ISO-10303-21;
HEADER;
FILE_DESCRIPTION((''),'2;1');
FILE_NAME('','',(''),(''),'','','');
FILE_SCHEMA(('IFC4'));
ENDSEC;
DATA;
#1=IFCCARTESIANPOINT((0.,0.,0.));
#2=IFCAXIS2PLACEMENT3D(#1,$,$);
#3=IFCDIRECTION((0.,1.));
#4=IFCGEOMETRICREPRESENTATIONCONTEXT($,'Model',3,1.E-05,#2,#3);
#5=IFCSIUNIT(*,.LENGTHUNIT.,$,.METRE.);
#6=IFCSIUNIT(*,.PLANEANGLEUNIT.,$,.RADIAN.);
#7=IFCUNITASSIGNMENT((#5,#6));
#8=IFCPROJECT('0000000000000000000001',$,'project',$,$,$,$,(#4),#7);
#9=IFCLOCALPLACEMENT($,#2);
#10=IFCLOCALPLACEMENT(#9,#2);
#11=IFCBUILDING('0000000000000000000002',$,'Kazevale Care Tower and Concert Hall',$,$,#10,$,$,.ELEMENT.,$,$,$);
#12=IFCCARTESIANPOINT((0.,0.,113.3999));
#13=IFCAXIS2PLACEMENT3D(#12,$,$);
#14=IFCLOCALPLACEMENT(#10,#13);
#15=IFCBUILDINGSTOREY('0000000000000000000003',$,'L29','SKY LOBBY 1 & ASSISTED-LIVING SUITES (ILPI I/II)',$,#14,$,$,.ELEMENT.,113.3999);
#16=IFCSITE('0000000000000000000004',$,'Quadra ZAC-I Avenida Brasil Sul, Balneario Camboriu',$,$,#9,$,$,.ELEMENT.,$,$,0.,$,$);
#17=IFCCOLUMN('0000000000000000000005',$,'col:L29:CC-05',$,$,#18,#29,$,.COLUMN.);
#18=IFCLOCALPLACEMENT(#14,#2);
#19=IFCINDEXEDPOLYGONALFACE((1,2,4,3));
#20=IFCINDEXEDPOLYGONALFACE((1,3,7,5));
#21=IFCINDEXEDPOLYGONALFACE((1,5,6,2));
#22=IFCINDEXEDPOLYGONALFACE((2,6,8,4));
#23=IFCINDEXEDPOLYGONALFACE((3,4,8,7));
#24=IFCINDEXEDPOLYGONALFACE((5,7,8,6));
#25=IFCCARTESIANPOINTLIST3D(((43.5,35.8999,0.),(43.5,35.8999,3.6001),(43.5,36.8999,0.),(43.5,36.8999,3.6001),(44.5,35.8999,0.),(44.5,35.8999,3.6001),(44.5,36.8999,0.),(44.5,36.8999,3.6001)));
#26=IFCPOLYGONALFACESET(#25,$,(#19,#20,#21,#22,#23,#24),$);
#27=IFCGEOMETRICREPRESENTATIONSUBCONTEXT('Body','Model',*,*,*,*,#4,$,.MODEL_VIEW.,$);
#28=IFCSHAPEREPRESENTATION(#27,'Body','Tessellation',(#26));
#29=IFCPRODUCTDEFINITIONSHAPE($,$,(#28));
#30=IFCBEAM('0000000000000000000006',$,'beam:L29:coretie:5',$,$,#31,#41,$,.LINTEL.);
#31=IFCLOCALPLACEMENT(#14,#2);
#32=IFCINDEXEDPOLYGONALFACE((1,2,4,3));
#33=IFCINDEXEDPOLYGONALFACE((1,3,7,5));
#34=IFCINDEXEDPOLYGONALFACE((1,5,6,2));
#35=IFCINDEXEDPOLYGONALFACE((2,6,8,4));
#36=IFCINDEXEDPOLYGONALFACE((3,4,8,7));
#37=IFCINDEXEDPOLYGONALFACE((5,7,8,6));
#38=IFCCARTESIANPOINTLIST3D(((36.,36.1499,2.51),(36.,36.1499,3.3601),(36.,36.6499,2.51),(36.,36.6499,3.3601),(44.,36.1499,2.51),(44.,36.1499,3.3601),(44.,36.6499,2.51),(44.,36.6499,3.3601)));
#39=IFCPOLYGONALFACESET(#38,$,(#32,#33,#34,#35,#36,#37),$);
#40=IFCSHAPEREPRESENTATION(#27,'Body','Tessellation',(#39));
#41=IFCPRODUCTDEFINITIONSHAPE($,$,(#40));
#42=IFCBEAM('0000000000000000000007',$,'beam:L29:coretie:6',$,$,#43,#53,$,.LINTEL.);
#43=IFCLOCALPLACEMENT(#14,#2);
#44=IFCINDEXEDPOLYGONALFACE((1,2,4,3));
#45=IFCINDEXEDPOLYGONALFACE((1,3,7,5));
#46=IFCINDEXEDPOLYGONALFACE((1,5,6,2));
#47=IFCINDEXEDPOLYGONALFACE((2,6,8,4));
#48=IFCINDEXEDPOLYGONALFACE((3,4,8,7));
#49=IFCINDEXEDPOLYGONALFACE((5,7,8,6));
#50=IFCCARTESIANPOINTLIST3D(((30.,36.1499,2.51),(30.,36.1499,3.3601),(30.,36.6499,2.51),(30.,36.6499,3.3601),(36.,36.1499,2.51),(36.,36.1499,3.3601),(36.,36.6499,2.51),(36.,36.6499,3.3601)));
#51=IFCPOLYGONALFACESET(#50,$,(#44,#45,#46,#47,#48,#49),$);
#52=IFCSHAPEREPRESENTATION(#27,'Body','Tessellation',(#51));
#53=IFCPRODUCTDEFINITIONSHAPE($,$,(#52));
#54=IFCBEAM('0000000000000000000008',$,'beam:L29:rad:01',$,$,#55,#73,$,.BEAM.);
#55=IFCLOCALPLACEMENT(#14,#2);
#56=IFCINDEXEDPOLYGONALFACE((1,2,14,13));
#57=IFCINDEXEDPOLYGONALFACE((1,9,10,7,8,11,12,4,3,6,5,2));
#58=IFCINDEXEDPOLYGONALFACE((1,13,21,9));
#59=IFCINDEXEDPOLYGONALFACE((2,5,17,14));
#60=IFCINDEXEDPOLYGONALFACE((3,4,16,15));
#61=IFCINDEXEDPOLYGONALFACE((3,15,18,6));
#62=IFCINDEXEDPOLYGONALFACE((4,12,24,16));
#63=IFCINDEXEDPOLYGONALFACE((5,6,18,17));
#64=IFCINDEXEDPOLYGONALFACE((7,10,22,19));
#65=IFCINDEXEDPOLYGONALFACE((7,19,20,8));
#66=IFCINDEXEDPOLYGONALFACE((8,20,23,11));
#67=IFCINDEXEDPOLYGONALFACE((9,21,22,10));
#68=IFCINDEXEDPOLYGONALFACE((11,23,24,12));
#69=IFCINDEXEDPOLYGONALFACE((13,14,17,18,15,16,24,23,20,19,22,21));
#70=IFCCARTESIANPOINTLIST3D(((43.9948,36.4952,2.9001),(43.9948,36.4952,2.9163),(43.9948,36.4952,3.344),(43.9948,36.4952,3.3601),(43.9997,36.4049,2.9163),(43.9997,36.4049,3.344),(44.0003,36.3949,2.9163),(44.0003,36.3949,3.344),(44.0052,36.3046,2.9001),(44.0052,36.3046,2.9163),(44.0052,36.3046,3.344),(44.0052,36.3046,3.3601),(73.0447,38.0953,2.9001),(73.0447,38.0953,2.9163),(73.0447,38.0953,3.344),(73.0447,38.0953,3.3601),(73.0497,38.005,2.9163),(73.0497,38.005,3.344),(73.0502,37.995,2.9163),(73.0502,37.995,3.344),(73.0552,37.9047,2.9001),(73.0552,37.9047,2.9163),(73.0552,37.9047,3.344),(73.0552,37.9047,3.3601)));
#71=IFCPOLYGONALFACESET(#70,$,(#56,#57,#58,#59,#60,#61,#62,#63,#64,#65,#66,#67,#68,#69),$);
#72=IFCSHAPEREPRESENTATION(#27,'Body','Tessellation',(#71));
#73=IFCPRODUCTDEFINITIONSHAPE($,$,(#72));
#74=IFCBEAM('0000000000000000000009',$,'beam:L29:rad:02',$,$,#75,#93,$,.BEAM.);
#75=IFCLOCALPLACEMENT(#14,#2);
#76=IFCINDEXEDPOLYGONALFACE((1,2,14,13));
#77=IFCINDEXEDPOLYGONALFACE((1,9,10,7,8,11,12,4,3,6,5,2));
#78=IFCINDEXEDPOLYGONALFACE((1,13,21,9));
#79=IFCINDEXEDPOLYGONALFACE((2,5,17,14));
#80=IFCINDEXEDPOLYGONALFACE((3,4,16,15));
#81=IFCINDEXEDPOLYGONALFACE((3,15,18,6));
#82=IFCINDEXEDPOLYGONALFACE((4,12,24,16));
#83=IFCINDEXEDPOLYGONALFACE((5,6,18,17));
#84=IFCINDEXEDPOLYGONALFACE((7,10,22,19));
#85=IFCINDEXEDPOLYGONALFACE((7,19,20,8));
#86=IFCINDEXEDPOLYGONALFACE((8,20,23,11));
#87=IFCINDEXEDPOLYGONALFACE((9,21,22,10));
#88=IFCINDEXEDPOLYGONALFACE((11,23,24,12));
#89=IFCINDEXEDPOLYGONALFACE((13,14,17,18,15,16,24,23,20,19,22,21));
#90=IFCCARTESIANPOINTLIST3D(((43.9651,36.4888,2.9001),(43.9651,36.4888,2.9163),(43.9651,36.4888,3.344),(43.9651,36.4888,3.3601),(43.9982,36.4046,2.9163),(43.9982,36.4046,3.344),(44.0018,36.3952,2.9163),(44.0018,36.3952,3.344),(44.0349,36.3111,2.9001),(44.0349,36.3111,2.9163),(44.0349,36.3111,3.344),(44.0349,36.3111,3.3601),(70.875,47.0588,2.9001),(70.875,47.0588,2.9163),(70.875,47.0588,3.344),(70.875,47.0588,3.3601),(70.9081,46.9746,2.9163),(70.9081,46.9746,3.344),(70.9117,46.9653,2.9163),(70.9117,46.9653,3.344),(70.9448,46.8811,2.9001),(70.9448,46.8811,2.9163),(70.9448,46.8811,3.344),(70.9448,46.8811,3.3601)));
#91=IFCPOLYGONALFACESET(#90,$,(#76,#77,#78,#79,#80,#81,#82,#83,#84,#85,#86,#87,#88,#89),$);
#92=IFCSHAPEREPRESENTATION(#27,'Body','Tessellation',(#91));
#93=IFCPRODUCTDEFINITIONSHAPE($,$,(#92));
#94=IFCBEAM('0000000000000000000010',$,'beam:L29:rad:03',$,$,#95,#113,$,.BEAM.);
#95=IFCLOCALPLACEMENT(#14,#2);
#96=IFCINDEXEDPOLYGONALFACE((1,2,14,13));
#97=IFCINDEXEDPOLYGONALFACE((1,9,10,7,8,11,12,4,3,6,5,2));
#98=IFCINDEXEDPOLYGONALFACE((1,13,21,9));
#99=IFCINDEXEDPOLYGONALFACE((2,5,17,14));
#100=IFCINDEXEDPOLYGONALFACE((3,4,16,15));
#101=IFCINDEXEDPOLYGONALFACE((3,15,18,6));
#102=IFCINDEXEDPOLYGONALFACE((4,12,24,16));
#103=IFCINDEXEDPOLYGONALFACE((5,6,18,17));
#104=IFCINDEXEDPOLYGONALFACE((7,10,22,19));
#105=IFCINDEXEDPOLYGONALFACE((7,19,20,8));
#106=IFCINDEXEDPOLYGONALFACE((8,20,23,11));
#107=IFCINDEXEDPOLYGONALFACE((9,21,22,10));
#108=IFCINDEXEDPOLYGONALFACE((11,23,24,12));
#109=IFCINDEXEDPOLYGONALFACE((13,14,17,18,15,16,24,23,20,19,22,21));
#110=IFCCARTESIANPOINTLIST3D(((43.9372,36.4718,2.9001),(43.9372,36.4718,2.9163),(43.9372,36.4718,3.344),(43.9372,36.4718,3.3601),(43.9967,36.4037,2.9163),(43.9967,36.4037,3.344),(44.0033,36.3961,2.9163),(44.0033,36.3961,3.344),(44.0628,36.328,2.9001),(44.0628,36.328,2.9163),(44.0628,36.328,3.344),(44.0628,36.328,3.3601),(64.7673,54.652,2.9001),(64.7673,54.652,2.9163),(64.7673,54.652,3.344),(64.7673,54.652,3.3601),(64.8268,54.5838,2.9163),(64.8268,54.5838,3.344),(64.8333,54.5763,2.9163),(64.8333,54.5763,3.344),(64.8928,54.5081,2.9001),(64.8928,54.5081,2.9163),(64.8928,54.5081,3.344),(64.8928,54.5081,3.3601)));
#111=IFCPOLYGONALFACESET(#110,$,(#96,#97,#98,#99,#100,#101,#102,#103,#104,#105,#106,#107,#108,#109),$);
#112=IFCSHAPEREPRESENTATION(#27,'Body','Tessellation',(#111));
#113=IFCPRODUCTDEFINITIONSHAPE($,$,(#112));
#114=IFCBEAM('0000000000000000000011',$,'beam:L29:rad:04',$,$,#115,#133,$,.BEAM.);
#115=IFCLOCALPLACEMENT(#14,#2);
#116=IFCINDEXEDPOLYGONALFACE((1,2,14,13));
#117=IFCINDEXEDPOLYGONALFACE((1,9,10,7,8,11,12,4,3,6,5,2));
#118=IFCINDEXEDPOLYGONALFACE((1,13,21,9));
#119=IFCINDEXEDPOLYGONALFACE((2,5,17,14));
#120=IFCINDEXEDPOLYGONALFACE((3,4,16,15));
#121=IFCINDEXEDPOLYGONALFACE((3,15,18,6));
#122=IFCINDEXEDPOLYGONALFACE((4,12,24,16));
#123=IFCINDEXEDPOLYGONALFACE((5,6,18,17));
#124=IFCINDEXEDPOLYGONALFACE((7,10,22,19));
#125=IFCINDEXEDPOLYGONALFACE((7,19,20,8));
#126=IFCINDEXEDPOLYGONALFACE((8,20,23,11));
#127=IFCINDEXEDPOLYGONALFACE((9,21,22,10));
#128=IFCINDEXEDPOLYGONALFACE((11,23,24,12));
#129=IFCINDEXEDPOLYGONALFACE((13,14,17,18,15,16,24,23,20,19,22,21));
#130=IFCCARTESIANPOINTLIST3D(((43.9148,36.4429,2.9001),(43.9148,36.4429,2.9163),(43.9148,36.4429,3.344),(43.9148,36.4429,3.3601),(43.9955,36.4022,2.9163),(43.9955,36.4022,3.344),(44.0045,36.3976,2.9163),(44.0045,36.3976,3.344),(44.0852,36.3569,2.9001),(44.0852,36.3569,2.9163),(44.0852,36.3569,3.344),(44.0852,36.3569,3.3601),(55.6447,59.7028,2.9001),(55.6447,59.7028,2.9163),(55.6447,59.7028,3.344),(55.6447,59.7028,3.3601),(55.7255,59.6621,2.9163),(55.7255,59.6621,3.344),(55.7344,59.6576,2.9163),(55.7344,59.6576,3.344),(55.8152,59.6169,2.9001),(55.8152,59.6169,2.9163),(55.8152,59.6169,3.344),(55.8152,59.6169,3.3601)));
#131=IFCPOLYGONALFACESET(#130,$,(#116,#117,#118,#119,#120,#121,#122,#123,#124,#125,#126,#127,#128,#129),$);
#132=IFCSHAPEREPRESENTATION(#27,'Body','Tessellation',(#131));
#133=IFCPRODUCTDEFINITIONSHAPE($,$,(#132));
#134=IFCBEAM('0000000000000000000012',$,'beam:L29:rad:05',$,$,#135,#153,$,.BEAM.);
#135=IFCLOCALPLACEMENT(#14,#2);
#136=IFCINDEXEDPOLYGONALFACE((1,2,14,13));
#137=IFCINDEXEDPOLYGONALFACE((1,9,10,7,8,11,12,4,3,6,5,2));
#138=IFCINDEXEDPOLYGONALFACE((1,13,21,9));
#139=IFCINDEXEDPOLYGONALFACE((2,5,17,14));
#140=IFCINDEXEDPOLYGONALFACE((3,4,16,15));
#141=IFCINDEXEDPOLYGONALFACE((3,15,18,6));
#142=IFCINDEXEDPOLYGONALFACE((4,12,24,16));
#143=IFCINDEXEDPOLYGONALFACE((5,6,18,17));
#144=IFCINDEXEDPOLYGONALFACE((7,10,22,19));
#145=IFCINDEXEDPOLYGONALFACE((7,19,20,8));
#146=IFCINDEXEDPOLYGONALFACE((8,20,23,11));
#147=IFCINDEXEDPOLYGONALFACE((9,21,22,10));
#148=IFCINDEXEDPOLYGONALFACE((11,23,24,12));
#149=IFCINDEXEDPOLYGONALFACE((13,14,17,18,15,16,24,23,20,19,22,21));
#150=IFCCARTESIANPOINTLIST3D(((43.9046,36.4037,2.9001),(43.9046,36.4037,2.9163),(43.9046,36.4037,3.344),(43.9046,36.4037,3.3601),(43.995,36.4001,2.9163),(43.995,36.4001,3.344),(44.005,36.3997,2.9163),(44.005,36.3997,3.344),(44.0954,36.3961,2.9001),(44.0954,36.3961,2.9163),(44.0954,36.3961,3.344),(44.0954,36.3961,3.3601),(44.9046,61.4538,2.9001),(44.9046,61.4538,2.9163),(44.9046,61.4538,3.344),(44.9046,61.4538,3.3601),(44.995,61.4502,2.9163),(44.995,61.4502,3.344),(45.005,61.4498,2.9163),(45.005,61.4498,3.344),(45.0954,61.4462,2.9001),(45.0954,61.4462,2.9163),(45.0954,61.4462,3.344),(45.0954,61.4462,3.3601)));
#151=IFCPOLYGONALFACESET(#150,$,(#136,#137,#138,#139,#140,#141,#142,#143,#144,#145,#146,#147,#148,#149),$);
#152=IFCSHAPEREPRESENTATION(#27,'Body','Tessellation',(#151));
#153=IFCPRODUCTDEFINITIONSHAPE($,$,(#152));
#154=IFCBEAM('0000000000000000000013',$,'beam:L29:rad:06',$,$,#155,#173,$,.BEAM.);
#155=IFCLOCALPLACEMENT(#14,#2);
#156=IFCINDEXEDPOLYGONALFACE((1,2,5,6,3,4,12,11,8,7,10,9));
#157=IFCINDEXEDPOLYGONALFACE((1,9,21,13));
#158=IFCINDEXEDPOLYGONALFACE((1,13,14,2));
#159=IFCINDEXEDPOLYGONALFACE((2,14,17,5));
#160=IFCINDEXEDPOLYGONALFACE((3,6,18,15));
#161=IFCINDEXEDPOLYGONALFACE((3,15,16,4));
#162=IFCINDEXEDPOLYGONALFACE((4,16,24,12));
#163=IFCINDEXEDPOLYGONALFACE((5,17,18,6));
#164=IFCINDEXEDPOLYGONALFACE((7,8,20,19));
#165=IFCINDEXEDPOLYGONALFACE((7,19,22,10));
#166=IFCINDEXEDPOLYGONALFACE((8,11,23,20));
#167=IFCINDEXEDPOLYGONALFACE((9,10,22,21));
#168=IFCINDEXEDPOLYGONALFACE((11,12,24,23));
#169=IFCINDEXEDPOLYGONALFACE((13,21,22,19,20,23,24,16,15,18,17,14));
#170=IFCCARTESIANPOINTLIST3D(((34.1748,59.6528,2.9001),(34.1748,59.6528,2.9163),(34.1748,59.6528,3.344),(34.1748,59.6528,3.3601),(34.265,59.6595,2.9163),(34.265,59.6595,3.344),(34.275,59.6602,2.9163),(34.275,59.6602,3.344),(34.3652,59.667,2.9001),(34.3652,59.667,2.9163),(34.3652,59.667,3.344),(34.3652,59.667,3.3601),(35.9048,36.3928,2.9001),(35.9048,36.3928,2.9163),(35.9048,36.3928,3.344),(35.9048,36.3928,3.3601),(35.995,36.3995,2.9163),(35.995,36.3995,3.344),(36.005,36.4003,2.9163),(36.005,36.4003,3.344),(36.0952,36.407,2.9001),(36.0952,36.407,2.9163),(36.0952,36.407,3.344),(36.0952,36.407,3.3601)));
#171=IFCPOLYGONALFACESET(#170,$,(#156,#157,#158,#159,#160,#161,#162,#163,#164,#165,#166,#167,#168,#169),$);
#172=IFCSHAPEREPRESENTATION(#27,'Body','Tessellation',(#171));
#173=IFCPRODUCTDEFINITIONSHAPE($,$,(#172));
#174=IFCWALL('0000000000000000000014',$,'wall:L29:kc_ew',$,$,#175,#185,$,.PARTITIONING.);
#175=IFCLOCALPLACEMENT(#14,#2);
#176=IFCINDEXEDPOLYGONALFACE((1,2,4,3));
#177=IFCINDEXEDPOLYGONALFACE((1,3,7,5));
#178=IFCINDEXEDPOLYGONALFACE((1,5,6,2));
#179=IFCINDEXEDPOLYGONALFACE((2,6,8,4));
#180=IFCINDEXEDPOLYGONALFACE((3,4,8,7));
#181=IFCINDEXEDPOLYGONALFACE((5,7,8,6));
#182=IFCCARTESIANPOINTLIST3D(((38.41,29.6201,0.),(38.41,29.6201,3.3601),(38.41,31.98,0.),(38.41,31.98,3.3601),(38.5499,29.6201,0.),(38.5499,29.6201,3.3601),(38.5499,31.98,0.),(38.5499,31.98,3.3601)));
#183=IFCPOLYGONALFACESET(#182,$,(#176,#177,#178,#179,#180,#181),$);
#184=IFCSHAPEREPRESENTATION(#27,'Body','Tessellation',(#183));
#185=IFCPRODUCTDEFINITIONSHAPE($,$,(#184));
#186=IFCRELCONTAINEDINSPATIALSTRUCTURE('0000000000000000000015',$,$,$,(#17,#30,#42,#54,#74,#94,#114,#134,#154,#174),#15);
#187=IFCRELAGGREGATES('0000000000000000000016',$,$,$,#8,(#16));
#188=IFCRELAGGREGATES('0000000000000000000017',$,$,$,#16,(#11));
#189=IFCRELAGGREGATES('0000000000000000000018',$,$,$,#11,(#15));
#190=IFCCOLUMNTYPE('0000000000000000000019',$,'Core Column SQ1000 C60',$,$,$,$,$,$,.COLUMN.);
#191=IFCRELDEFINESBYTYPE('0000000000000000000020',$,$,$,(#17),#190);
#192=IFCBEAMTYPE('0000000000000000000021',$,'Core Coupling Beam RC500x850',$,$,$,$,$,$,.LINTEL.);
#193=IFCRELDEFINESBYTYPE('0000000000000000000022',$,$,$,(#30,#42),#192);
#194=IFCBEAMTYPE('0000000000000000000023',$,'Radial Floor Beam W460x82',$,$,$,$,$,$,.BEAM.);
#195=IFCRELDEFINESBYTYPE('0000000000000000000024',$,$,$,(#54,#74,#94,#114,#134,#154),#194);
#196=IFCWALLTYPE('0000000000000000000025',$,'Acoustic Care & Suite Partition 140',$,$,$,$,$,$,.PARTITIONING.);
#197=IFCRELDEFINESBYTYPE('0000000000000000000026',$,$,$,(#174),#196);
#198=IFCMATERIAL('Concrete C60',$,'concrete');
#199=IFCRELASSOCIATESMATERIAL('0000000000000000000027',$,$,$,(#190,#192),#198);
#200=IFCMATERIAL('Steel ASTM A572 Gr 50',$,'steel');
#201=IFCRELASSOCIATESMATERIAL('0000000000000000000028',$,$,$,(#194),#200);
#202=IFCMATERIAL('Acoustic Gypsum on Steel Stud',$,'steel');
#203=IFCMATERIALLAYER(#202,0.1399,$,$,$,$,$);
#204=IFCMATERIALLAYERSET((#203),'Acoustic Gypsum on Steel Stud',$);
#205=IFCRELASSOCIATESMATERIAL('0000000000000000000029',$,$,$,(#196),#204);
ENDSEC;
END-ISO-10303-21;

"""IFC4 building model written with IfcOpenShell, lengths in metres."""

from ifc_helpers import new_model, si_unit, direction, frame, frame_2d, origin, origin_2d, place, context, subcontext, project, spatial, rectangle, i_section, extrude, material, layer, layer_set, material_profile, profile_set, type_object, element, save


model = new_model("IFC4")

# Units and contexts
model_context = context("Model", 3, precision=1e-05, world=origin(), true_north=direction((0.0, 1.0)))
body_context = subcontext(model_context, "Body", "Model", "MODEL_VIEW")
ifc_project = project(units=[si_unit("LENGTHUNIT", "METRE"), si_unit("PLANEANGLEUNIT", "RADIAN")], contexts=[model_context])

# Site, building, storey
site_placement = place(None, origin())
site = spatial("IfcSite", under=ifc_project, at=site_placement, Name="Quadra ZAC-I Avenida Brasil Sul, Balneario Camboriu", CompositionType="ELEMENT", RefElevation=0.0)
building_placement = place(site_placement, origin())
building = spatial("IfcBuilding", under=site, at=building_placement, Name="Kazevale Care Tower and Concert Hall", CompositionType="ELEMENT")
storey_placement = place(building_placement, frame((0.0, 0.0, 113.3999)))
storey = spatial("IfcBuildingStorey", under=building, at=storey_placement, Name="L29", Description="SKY LOBBY 1 & ASSISTED-LIVING SUITES (ILPI I/II)", CompositionType="ELEMENT", Elevation=113.3999)

# Column
ifc_material_1 = material(Name="Concrete C60", Category="concrete")
ifc_material_profile_1 = material_profile(ifc_material_1, rectangle(XDim=1.0, YDim=1.0, at=origin_2d()), Name="RC-SQ1000")
ifc_profile_set_1 = profile_set([ifc_material_profile_1], Name="Concrete C60")
column_type = type_object("IfcColumnType", Name="Core Column SQ1000 C60", PredefinedType="COLUMN", material=ifc_profile_set_1)
column_placement = place(storey_placement, frame((44.0, 36.3999, 0.0), z_axis=(0.0, 0.0, 1.0), x_axis=(1.0, 0.0, 0.0)))
element("IfcColumn", 1, at=column_placement, inside=storey, type_object=column_type, Name="col:L29:CC-05", PredefinedType="COLUMN", context=body_context, shape_type="SweptSolid", body=[
    extrude(rectangle(XDim=1.0, YDim=1.0, at=origin_2d()), origin(), (0.0, 0.0, 1.0), 3.6001),
])

# Beams
ifc_material_profile_2 = material_profile(ifc_material_1, rectangle(XDim=0.5, YDim=0.8501, at=origin_2d()), Name="RC-B500x850")
ifc_profile_set_2 = profile_set([ifc_material_profile_2], Name="Concrete C60")
beam_type_1 = type_object("IfcBeamType", Name="Core Coupling Beam RC500x850", PredefinedType="LINTEL", material=ifc_profile_set_2)
beam_1_placement = place(storey_placement, frame((44.0, 36.3999, 2.9351), z_axis=(-1.0, 0.0, 0.0), x_axis=(0.0, -1.0, 0.0)))
element("IfcBeam", 2, at=beam_1_placement, inside=storey, type_object=beam_type_1, Name="beam:L29:coretie:5", PredefinedType="LINTEL", context=body_context, shape_type="SweptSolid", body=[
    extrude(rectangle(XDim=0.5, YDim=0.8501, at=origin_2d()), origin(), (0.0, 0.0, 1.0), 8.0),
])
beam_2_placement = place(storey_placement, frame((36.0, 36.3999, 2.9351), z_axis=(-1.0, 0.0, 0.0), x_axis=(0.0, -1.0, 0.0)))
element("IfcBeam", 3, at=beam_2_placement, inside=storey, type_object=beam_type_1, Name="beam:L29:coretie:6", PredefinedType="LINTEL", context=body_context, shape_type="SweptSolid", body=[
    extrude(rectangle(XDim=0.5, YDim=0.8501, at=origin_2d()), origin(), (0.0, 0.0, 1.0), 6.0),
])
ifc_material_2 = material(Name="Steel ASTM A572 Gr 50", Category="steel")
ifc_material_profile_3 = material_profile(ifc_material_2, i_section(OverallWidth=0.1909, OverallDepth=0.46, WebThickness=0.01, FlangeThickness=0.0161, at=origin_2d()), Name="W460x82")
ifc_profile_set_3 = profile_set([ifc_material_profile_3], Name="Steel ASTM A572 Gr 50")
beam_type_2 = type_object("IfcBeamType", Name="Radial Floor Beam W460x82", PredefinedType="BEAM", material=ifc_profile_set_3)
beam_3_placement = place(storey_placement, frame((44.0, 36.3999, 3.1301), z_axis=(0.998487, 0.054997, 0.0), x_axis=(-0.054997, 0.998487, 0.0)))
element("IfcBeam", 4, at=beam_3_placement, inside=storey, type_object=beam_type_2, Name="beam:L29:rad:01", PredefinedType="BEAM", context=body_context, shape_type="SweptSolid", body=[
    extrude(i_section(OverallWidth=0.1909, OverallDepth=0.46, WebThickness=0.01, FlangeThickness=0.0161, at=origin_2d()), origin(), (0.0, 0.0, 1.0), 29.094),
])
beam_4_placement = place(storey_placement, frame((44.0, 36.3999, 3.1301), z_axis=(0.930771, 0.365602, 0.0), x_axis=(-0.365602, 0.930771, 0.0)))
element("IfcBeam", 5, at=beam_4_placement, inside=storey, type_object=beam_type_2, Name="beam:L29:rad:02", PredefinedType="BEAM", context=body_context, shape_type="SweptSolid", body=[
    extrude(i_section(OverallWidth=0.1909, OverallDepth=0.46, WebThickness=0.01, FlangeThickness=0.0161, at=origin_2d()), origin(), (0.0, 0.0, 1.0), 28.9114),
])
beam_5_placement = place(storey_placement, frame((44.0, 36.3999, 3.1301), z_axis=(0.753403, 0.657559, 0.0), x_axis=(-0.657559, 0.753403, 0.0)))
element("IfcBeam", 6, at=beam_5_placement, inside=storey, type_object=beam_type_2, Name="beam:L29:rad:03", PredefinedType="BEAM", context=body_context, shape_type="SweptSolid", body=[
    extrude(i_section(OverallWidth=0.1909, OverallDepth=0.46, WebThickness=0.01, FlangeThickness=0.0161, at=origin_2d()), origin(), (0.0, 0.0, 1.0), 27.6479),
])
beam_6_placement = place(storey_placement, frame((44.0, 36.3999, 3.1301), z_axis=(0.450281, 0.892887, 0.0), x_axis=(-0.892887, 0.450281, 0.0)))
element("IfcBeam", 7, at=beam_6_placement, inside=storey, type_object=beam_type_2, Name="beam:L29:rad:04", PredefinedType="BEAM", context=body_context, shape_type="SweptSolid", body=[
    extrude(i_section(OverallWidth=0.1909, OverallDepth=0.46, WebThickness=0.01, FlangeThickness=0.0161, at=origin_2d()), origin(), (0.0, 0.0, 1.0), 26.0503),
])
beam_7_placement = place(storey_placement, frame((44.0, 36.3999, 3.1301), z_axis=(0.039888, 0.999204, 0.0), x_axis=(-0.999204, 0.039888, 0.0)))
element("IfcBeam", 8, at=beam_7_placement, inside=storey, type_object=beam_type_2, Name="beam:L29:rad:05", PredefinedType="BEAM", context=body_context, shape_type="SweptSolid", body=[
    extrude(i_section(OverallWidth=0.1909, OverallDepth=0.46, WebThickness=0.01, FlangeThickness=0.0161, at=origin_2d()), origin(), (0.0, 0.0, 1.0), 25.0701),
])
beam_8_placement = place(storey_placement, frame((36.0, 36.3999, 3.1301), z_axis=(-0.074171, 0.997246, 0.0), x_axis=(-0.997246, -0.074171, 0.0)))
element("IfcBeam", 9, at=beam_8_placement, inside=storey, type_object=beam_type_2, Name="beam:L29:rad:06", PredefinedType="BEAM", context=body_context, shape_type="SweptSolid", body=[
    extrude(i_section(OverallWidth=0.1909, OverallDepth=0.46, WebThickness=0.01, FlangeThickness=0.0161, at=origin_2d()), origin(), (0.0, 0.0, 1.0), 23.3242),
])

# Wall
ifc_material_3 = material(Name="Acoustic Gypsum on Steel Stud", Category="steel")
ifc_layer_1 = layer(ifc_material_3, 0.1399)
ifc_layer_set_1 = layer_set([ifc_layer_1], Name="Acoustic Gypsum on Steel Stud")
wall_type_1 = type_object("IfcWallType", Name="Acoustic Care & Suite Partition 140", PredefinedType="PARTITIONING", material=ifc_layer_set_1)
for number, where, z_axis, x_axis, name in (
    (10, (38.48, 29.6201, 0.0), (0.0, 0.0, 1.0), (0.0, 1.0, 0.0), "wall:L29:kc_ew"),
):
    element("IfcWall", number, at=place(storey_placement, frame(where, z_axis=z_axis, x_axis=x_axis)), inside=storey, type_object=wall_type_1, Name=name, PredefinedType="PARTITIONING", context=body_context, shape_type="SweptSolid", body=[
        extrude(rectangle(XDim=2.3599, YDim=0.1399, at=frame_2d((1.1799, 0.0))), origin(), (0.0, 0.0, 1.0), 3.3601),
    ])

save(model, "model.ifc")
